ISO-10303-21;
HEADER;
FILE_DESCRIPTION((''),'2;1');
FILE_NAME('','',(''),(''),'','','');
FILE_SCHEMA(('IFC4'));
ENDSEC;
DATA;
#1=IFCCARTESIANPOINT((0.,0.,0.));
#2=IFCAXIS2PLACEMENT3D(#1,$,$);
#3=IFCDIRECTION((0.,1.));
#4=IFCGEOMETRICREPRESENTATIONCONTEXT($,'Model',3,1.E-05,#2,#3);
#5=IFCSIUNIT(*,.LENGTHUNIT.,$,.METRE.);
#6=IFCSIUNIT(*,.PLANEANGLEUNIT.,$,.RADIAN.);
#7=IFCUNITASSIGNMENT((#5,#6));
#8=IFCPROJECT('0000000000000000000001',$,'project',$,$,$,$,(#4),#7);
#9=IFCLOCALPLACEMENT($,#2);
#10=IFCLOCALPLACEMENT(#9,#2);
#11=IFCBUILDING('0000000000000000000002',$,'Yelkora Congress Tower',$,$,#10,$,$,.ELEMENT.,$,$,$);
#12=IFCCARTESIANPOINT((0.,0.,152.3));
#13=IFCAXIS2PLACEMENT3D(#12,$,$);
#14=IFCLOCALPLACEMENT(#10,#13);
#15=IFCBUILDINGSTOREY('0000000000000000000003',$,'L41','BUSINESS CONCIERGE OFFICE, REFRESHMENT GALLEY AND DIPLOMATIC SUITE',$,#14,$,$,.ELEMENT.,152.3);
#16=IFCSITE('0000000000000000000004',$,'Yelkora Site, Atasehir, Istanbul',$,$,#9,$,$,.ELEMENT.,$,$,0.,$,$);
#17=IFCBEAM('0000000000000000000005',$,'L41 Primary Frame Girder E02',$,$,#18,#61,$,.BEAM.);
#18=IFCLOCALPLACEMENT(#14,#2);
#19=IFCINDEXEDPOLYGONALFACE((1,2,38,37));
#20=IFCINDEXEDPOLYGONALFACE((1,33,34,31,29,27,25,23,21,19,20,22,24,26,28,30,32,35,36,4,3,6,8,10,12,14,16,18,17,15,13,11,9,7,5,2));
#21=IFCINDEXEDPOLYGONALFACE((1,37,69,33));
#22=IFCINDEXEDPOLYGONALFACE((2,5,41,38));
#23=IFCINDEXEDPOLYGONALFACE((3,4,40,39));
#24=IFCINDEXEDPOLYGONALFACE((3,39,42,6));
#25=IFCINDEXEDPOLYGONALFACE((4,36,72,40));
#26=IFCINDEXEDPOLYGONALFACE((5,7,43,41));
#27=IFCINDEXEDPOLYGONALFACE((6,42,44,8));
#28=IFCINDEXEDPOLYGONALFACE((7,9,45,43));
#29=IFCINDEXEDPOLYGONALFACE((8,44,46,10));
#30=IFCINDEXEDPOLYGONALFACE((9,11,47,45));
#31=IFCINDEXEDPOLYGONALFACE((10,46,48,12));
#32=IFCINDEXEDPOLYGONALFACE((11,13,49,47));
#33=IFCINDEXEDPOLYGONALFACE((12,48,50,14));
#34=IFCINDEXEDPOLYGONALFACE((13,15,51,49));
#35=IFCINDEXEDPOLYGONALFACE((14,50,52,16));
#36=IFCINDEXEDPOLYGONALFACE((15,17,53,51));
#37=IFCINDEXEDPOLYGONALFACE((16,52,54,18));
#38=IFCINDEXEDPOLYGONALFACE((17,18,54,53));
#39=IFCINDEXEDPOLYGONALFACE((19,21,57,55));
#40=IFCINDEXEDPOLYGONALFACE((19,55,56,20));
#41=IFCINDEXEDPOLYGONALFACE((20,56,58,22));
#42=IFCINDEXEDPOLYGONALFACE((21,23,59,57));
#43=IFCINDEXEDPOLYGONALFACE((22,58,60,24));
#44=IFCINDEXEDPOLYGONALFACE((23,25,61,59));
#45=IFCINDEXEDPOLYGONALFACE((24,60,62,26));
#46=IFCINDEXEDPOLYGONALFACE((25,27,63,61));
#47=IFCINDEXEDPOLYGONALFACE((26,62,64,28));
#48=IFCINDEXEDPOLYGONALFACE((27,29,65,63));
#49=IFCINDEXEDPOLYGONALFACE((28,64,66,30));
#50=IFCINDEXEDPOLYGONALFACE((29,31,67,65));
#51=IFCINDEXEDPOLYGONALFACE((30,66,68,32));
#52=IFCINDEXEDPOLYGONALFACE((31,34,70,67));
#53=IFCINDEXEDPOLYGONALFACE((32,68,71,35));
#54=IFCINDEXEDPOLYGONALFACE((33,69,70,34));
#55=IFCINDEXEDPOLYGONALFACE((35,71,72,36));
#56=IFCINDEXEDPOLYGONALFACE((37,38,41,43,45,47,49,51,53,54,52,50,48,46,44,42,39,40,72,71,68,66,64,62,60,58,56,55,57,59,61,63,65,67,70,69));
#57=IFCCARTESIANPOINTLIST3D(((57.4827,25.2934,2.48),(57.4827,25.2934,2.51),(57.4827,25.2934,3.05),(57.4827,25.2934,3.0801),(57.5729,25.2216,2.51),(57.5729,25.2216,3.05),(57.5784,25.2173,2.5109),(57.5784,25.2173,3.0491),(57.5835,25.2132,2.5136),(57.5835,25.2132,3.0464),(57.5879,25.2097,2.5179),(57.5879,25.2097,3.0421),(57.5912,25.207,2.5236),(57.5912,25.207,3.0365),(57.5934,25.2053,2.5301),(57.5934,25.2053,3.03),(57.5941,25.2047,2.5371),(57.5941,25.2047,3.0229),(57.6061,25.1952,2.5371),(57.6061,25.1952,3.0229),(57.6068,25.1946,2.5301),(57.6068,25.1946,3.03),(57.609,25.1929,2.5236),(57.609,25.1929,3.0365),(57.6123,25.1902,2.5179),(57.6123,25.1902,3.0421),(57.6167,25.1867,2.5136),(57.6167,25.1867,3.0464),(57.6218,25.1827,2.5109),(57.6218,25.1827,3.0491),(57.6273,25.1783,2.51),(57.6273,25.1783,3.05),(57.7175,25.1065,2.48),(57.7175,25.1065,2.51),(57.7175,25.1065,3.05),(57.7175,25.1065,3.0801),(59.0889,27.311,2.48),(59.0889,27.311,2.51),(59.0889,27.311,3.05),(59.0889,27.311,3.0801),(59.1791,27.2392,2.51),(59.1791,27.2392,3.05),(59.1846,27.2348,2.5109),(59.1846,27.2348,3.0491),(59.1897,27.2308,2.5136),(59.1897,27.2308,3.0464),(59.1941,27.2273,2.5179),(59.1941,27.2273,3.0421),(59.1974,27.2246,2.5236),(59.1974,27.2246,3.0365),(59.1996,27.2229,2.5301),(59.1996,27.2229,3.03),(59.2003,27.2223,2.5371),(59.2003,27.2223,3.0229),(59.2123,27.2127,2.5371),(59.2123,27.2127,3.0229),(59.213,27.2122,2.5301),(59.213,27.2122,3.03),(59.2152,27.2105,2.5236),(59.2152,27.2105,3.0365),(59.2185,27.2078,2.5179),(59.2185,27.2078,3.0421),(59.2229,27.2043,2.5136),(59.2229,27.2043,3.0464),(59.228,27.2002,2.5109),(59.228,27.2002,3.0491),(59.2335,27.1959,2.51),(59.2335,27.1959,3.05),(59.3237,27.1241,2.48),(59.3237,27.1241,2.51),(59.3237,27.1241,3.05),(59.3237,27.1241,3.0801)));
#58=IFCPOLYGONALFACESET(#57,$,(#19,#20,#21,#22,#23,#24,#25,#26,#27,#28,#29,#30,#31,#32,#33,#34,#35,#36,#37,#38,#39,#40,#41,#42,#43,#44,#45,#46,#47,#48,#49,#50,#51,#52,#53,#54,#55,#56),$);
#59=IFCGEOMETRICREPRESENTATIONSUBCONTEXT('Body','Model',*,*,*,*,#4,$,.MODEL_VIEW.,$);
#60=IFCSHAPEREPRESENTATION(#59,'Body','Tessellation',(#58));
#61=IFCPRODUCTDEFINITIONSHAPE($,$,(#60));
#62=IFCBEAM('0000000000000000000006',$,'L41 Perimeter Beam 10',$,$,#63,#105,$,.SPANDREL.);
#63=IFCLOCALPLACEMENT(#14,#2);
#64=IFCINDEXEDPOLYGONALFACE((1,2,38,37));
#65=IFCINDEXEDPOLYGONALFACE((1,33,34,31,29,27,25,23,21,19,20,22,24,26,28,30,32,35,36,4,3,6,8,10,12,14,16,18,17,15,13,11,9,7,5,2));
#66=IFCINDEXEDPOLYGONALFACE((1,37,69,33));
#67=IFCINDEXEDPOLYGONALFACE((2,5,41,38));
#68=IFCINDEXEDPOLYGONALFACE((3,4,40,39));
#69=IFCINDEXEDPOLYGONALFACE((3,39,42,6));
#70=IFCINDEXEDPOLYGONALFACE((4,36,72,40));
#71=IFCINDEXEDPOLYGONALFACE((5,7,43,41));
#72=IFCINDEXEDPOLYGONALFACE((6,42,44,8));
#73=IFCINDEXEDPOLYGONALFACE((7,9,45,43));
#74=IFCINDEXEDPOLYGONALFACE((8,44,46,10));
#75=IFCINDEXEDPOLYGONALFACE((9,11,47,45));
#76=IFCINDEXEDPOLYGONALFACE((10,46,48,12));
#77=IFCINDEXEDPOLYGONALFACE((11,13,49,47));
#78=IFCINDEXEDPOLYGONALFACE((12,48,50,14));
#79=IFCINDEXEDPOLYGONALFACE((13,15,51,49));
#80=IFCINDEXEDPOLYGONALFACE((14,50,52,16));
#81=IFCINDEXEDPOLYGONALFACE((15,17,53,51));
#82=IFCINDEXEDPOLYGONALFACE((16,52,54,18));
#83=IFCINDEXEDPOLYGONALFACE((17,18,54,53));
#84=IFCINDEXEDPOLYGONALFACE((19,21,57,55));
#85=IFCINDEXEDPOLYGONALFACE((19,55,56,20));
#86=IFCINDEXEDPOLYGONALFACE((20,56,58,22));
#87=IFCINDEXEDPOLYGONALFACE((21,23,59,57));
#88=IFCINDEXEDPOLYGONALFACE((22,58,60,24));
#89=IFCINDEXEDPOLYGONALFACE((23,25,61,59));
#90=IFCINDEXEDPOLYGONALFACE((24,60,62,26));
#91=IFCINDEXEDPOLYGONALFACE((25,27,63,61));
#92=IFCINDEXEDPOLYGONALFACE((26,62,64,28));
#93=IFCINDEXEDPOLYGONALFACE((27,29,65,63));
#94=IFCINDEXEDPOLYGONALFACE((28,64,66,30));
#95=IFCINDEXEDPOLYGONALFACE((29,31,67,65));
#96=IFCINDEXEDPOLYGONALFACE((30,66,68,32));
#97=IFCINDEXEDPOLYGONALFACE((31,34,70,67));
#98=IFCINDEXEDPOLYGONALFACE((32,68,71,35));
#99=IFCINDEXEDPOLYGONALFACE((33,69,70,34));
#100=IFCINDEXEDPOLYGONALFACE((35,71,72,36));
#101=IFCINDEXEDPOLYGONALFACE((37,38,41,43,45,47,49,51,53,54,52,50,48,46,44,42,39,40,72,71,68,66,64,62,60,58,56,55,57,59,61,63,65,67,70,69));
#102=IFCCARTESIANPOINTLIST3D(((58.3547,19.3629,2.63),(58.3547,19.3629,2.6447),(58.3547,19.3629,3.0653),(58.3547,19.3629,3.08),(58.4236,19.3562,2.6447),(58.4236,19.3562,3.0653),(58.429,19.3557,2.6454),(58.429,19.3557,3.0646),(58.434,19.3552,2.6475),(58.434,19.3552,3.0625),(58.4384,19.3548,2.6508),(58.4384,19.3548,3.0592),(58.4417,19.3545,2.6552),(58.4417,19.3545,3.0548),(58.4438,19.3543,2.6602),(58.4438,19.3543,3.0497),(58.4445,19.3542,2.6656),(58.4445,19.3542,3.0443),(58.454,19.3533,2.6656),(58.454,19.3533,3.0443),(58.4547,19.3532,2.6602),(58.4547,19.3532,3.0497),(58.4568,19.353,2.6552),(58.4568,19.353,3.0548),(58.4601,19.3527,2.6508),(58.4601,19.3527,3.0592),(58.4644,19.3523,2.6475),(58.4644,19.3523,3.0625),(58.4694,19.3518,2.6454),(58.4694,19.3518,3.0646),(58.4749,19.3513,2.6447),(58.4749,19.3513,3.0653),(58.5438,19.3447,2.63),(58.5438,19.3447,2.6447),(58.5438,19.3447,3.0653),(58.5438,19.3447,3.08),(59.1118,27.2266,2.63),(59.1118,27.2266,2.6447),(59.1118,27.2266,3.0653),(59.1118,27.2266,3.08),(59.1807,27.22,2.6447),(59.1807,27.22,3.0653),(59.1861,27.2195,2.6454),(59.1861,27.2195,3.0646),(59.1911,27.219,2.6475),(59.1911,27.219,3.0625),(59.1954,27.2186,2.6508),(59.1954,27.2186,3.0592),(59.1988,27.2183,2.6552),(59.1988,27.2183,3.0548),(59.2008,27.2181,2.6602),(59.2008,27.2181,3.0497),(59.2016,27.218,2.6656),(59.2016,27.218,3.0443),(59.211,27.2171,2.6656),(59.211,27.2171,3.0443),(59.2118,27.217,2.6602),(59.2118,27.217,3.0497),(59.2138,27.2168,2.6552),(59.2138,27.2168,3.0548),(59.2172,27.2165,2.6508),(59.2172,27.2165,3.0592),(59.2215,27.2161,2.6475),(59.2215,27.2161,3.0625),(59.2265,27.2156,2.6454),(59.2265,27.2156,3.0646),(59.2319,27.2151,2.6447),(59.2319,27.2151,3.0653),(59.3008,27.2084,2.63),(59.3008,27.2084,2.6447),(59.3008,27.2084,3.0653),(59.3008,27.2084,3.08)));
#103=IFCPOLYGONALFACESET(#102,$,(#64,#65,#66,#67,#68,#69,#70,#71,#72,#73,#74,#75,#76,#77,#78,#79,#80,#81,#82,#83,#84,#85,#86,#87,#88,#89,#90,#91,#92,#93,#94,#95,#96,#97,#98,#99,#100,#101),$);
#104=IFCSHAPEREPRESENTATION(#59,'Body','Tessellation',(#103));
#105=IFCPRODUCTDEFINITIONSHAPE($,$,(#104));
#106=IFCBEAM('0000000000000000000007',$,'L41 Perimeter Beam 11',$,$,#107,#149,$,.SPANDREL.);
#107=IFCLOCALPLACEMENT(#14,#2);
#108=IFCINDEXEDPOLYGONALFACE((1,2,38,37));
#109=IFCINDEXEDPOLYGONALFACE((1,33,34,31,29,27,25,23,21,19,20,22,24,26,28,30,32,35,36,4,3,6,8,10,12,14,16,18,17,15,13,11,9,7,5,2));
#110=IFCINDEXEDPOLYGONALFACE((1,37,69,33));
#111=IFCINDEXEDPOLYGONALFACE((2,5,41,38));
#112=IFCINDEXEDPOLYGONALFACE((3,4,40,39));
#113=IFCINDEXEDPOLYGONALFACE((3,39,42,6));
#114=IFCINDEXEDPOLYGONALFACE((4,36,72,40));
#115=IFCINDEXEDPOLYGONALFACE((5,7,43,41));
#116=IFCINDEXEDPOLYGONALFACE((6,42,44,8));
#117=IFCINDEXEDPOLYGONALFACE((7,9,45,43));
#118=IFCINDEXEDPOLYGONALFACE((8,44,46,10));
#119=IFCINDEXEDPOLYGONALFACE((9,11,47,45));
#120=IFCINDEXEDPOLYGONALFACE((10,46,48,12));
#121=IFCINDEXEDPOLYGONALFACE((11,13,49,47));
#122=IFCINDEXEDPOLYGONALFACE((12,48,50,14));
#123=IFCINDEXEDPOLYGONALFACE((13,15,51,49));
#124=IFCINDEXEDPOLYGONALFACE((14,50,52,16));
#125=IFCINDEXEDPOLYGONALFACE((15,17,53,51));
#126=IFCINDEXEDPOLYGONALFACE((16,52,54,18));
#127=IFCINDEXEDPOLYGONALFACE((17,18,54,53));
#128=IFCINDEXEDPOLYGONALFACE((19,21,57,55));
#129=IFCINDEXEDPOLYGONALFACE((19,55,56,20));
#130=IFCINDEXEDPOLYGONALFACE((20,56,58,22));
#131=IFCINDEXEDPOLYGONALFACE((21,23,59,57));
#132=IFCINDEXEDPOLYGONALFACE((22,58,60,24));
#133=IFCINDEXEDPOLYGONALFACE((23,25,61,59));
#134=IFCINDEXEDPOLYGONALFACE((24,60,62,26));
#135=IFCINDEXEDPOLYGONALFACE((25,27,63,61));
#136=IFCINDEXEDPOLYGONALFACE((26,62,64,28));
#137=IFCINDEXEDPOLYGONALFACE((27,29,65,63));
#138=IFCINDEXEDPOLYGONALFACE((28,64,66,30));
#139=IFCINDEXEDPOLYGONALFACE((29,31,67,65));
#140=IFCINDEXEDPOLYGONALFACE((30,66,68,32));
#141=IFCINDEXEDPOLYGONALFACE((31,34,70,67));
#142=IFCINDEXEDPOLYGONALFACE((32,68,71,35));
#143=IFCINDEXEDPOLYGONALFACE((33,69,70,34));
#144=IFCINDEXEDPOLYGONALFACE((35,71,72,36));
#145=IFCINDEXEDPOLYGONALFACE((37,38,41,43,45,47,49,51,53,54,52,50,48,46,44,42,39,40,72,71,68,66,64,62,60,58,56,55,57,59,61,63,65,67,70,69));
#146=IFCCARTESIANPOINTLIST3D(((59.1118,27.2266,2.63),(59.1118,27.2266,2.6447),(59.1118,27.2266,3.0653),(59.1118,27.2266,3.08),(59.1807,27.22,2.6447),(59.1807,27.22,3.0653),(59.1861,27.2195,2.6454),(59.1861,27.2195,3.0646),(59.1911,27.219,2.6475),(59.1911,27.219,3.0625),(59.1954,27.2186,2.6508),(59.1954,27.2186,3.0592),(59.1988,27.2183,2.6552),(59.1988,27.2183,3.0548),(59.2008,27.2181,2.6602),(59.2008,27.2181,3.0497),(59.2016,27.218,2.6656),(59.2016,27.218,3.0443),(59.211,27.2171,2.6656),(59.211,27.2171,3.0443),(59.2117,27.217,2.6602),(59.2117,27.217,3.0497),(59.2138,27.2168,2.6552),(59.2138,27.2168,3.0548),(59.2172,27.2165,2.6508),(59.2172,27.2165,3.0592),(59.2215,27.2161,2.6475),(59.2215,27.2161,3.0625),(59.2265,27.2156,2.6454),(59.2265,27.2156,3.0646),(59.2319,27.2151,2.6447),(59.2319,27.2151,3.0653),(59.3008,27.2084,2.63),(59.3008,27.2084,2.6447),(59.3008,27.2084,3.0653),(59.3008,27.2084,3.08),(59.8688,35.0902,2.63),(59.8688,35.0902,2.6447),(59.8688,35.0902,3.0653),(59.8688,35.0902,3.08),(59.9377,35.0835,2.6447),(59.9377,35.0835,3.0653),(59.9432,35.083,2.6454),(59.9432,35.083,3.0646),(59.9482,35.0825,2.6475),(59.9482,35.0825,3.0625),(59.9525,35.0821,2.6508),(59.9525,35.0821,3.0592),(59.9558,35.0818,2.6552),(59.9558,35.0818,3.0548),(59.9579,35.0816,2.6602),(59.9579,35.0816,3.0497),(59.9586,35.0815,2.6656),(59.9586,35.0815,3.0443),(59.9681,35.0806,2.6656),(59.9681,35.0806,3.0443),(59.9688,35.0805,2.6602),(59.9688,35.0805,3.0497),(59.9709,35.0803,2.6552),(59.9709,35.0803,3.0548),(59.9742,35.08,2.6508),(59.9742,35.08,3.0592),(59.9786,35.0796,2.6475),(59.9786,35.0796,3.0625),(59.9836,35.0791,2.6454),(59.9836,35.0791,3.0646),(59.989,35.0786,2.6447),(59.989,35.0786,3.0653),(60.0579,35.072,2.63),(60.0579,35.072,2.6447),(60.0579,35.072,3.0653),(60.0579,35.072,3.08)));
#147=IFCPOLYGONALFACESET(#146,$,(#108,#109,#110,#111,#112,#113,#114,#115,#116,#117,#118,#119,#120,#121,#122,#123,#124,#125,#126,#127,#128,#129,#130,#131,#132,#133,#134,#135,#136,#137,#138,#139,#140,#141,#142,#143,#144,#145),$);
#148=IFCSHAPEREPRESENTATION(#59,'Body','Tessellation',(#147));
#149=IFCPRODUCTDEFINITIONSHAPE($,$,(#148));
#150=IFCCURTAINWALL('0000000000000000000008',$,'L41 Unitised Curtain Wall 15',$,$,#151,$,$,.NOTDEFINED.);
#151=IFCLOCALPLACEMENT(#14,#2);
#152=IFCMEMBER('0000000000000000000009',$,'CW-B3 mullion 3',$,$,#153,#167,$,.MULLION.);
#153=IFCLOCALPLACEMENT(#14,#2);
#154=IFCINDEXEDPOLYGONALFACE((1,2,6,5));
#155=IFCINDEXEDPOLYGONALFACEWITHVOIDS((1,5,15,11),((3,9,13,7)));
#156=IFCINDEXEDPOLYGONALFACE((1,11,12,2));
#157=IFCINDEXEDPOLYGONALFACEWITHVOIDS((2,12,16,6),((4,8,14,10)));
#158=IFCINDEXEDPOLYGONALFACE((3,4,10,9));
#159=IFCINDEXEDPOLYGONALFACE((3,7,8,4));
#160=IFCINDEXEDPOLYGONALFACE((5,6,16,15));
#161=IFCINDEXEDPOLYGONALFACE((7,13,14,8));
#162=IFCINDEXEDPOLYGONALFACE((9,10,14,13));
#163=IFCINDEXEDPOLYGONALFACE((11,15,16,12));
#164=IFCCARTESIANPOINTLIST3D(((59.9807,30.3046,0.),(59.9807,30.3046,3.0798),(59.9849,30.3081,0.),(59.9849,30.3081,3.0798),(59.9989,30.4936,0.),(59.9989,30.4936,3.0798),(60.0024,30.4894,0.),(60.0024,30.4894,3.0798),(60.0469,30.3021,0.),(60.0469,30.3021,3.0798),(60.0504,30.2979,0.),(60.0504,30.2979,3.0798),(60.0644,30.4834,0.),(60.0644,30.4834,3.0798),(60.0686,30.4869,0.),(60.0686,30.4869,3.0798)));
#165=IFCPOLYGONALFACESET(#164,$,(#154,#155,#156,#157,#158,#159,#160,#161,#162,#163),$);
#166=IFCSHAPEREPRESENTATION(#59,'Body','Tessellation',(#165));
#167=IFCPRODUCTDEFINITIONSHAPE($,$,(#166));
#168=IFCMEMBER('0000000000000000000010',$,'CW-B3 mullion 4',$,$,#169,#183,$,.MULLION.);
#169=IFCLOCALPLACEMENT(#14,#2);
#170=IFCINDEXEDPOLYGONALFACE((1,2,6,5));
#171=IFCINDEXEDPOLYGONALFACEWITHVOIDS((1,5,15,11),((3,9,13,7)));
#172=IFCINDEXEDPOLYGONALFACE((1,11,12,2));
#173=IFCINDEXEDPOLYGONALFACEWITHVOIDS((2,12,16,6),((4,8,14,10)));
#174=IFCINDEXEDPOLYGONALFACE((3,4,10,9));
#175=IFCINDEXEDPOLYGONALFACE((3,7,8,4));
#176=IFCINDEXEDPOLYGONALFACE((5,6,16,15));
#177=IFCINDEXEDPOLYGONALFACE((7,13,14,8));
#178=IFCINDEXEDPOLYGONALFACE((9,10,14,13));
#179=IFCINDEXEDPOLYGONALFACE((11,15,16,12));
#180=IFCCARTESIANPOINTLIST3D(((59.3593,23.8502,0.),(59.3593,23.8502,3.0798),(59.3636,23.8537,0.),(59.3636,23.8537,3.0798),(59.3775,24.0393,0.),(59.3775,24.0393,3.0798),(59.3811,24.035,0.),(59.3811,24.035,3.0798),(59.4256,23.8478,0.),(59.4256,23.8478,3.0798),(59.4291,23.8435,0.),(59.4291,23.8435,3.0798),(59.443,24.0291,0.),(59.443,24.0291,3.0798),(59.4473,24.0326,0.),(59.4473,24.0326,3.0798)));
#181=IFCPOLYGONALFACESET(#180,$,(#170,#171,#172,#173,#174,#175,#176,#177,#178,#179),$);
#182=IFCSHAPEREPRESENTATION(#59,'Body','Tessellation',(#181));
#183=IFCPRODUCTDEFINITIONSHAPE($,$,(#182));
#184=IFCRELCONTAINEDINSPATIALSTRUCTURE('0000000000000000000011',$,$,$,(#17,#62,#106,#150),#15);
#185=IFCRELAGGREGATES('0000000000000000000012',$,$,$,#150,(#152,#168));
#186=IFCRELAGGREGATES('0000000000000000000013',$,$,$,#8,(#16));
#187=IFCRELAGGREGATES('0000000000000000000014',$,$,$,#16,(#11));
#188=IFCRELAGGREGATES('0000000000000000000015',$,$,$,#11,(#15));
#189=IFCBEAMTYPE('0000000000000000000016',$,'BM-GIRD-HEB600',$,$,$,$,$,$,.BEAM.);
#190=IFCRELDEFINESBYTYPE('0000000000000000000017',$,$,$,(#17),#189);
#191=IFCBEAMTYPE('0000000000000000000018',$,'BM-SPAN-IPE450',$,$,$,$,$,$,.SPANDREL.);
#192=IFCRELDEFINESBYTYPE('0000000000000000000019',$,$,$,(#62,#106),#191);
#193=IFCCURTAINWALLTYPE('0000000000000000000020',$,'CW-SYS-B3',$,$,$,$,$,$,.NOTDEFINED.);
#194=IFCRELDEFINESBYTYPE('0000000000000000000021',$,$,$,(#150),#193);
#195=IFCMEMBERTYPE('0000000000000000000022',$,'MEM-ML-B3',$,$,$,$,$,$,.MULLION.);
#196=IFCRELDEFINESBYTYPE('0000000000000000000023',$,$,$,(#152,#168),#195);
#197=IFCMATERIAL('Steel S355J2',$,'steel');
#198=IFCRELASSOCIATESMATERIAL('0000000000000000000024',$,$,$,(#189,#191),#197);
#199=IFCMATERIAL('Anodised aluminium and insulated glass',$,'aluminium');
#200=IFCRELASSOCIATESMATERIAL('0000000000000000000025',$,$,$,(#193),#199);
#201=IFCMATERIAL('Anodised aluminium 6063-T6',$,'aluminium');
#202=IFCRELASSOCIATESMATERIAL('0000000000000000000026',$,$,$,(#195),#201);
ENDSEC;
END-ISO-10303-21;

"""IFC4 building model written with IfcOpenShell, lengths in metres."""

from ifc_helpers import new_model, si_unit, direction, frame, origin, origin_2d, place, context, subcontext, project, spatial, hollow_rectangle, i_section, extrude, material, material_profile, profile_set, type_object, element, aggregate, save


model = new_model("IFC4")

# Units and contexts
model_context = context("Model", 3, precision=1e-05, world=origin(), true_north=direction((0.0, 1.0)))
body_context = subcontext(model_context, "Body", "Model", "MODEL_VIEW")
ifc_project = project(units=[si_unit("LENGTHUNIT", "METRE"), si_unit("PLANEANGLEUNIT", "RADIAN")], contexts=[model_context])

# Site, building, storey
site_placement = place(None, origin())
site = spatial("IfcSite", under=ifc_project, at=site_placement, Name="Yelkora Site, Atasehir, Istanbul", CompositionType="ELEMENT", RefElevation=0.0)
building_placement = place(site_placement, origin())
building = spatial("IfcBuilding", under=site, at=building_placement, Name="Yelkora Congress Tower", CompositionType="ELEMENT")
storey_placement = place(building_placement, frame((0.0, 0.0, 152.3)))
storey = spatial("IfcBuildingStorey", under=building, at=storey_placement, Name="L41", Description="BUSINESS CONCIERGE OFFICE, REFRESHMENT GALLEY AND DIPLOMATIC SUITE", CompositionType="ELEMENT", Elevation=152.3)

# Beams
ifc_material_1 = material(Name="Steel S355J2", Category="steel")
ifc_material_profile_1 = material_profile(ifc_material_1, i_section(OverallWidth=0.3, OverallDepth=0.6001, WebThickness=0.0154, FlangeThickness=0.03, FilletRadius=0.0271, at=origin_2d()), Name="HEB 600")
ifc_profile_set_1 = profile_set([ifc_material_profile_1], Name="Steel S355J2")
beam_type_1 = type_object("IfcBeamType", Name="BM-GIRD-HEB600", PredefinedType="BEAM", material=ifc_profile_set_1)
beam_1_placement = place(storey_placement, frame((59.2063, 27.2175, 2.78), z_axis=(-0.622835, -0.782354, 0.0), x_axis=(0.782354, -0.622835, 0.0)))
element("IfcBeam", 1, at=beam_1_placement, inside=storey, type_object=beam_type_1, Name="L41 Primary Frame Girder E02", PredefinedType="BEAM", context=body_context, shape_type="SweptSolid", body=[
    extrude(i_section(OverallWidth=0.3, OverallDepth=0.6001, WebThickness=0.0154, FlangeThickness=0.03, FilletRadius=0.0271, at=origin_2d()), origin(), (0.0, 0.0, 1.0), 2.5789),
])
ifc_material_profile_2 = material_profile(ifc_material_1, i_section(OverallWidth=0.1899, OverallDepth=0.45, WebThickness=0.0095, FlangeThickness=0.0146, FilletRadius=0.021, at=origin_2d()), Name="IPE 450")
ifc_profile_set_2 = profile_set([ifc_material_profile_2], Name="Steel S355J2")
beam_type_2 = type_object("IfcBeamType", Name="BM-SPAN-IPE450", PredefinedType="SPANDREL", material=ifc_profile_set_2)
beam_2_placement = place(storey_placement, frame((58.4492, 19.3538, 2.855), z_axis=(0.095831, 0.995398, 0.0), x_axis=(-0.995398, 0.095831, 0.0)))
element("IfcBeam", 2, at=beam_2_placement, inside=storey, type_object=beam_type_2, Name="L41 Perimeter Beam 10", PredefinedType="SPANDREL", context=body_context, shape_type="SweptSolid", body=[
    extrude(i_section(OverallWidth=0.1899, OverallDepth=0.45, WebThickness=0.0095, FlangeThickness=0.0146, FilletRadius=0.021, at=origin_2d()), origin(), (0.0, 0.0, 1.0), 7.9001),
])
beam_3_placement = place(storey_placement, frame((59.2063, 27.2175, 2.855), z_axis=(0.095834, 0.995397, 0.0), x_axis=(-0.995397, 0.095834, 0.0)))
element("IfcBeam", 3, at=beam_3_placement, inside=storey, type_object=beam_type_2, Name="L41 Perimeter Beam 11", PredefinedType="SPANDREL", context=body_context, shape_type="SweptSolid", body=[
    extrude(i_section(OverallWidth=0.1899, OverallDepth=0.45, WebThickness=0.0095, FlangeThickness=0.0146, FilletRadius=0.021, at=origin_2d()), origin(), (0.0, 0.0, 1.0), 7.8999),
])

# Curtain wall, members
ifc_material_2 = material(Name="Anodised aluminium and insulated glass", Category="aluminium")
curtain_wall_type = type_object("IfcCurtainWallType", Name="CW-SYS-B3", PredefinedType="NOTDEFINED", material=ifc_material_2)
curtain_wall_placement = place(storey_placement, origin())
curtain_wall = element("IfcCurtainWall", 4, at=curtain_wall_placement, inside=storey, type_object=curtain_wall_type, Name="L41 Unitised Curtain Wall 15", PredefinedType="NOTDEFINED")
ifc_material_3 = material(Name="Anodised aluminium 6063-T6", Category="aluminium")
ifc_material_profile_3 = material_profile(ifc_material_3, hollow_rectangle(XDim=0.0701, YDim=0.1899, WallThickness=0.0039, at=origin_2d()), Name="ALU 70x190x4")
ifc_profile_set_3 = profile_set([ifc_material_profile_3], Name="Anodised aluminium 6063-T6")
member_type_1 = type_object("IfcMemberType", Name="MEM-ML-B3", PredefinedType="MULLION", material=ifc_profile_set_3)
member_1_placement = place(storey_placement, frame((60.0247, 30.3958, 0.0), z_axis=(0.0, 0.0, 1.0), x_axis=(0.995397, -0.095842, 0.0)))
member_1 = element("IfcMember", 5, at=member_1_placement, type_object=member_type_1, Name="CW-B3 mullion 3", PredefinedType="MULLION", context=body_context, shape_type="SweptSolid", body=[
    extrude(hollow_rectangle(XDim=0.0701, YDim=0.1899, WallThickness=0.0039, at=origin_2d()), origin(), (0.0, 0.0, 1.0), 3.0798),
])
member_2_placement = place(storey_placement, frame((59.4033, 23.9414, 0.0), z_axis=(0.0, 0.0, 1.0), x_axis=(0.995397, -0.095842, 0.0)))
member_2 = element("IfcMember", 6, at=member_2_placement, type_object=member_type_1, Name="CW-B3 mullion 4", PredefinedType="MULLION", context=body_context, shape_type="SweptSolid", body=[
    extrude(hollow_rectangle(XDim=0.0701, YDim=0.1899, WallThickness=0.0039, at=origin_2d()), origin(), (0.0, 0.0, 1.0), 3.0798),
])
aggregate(curtain_wall, [member_1, member_2])

save(model, "model.ifc")
